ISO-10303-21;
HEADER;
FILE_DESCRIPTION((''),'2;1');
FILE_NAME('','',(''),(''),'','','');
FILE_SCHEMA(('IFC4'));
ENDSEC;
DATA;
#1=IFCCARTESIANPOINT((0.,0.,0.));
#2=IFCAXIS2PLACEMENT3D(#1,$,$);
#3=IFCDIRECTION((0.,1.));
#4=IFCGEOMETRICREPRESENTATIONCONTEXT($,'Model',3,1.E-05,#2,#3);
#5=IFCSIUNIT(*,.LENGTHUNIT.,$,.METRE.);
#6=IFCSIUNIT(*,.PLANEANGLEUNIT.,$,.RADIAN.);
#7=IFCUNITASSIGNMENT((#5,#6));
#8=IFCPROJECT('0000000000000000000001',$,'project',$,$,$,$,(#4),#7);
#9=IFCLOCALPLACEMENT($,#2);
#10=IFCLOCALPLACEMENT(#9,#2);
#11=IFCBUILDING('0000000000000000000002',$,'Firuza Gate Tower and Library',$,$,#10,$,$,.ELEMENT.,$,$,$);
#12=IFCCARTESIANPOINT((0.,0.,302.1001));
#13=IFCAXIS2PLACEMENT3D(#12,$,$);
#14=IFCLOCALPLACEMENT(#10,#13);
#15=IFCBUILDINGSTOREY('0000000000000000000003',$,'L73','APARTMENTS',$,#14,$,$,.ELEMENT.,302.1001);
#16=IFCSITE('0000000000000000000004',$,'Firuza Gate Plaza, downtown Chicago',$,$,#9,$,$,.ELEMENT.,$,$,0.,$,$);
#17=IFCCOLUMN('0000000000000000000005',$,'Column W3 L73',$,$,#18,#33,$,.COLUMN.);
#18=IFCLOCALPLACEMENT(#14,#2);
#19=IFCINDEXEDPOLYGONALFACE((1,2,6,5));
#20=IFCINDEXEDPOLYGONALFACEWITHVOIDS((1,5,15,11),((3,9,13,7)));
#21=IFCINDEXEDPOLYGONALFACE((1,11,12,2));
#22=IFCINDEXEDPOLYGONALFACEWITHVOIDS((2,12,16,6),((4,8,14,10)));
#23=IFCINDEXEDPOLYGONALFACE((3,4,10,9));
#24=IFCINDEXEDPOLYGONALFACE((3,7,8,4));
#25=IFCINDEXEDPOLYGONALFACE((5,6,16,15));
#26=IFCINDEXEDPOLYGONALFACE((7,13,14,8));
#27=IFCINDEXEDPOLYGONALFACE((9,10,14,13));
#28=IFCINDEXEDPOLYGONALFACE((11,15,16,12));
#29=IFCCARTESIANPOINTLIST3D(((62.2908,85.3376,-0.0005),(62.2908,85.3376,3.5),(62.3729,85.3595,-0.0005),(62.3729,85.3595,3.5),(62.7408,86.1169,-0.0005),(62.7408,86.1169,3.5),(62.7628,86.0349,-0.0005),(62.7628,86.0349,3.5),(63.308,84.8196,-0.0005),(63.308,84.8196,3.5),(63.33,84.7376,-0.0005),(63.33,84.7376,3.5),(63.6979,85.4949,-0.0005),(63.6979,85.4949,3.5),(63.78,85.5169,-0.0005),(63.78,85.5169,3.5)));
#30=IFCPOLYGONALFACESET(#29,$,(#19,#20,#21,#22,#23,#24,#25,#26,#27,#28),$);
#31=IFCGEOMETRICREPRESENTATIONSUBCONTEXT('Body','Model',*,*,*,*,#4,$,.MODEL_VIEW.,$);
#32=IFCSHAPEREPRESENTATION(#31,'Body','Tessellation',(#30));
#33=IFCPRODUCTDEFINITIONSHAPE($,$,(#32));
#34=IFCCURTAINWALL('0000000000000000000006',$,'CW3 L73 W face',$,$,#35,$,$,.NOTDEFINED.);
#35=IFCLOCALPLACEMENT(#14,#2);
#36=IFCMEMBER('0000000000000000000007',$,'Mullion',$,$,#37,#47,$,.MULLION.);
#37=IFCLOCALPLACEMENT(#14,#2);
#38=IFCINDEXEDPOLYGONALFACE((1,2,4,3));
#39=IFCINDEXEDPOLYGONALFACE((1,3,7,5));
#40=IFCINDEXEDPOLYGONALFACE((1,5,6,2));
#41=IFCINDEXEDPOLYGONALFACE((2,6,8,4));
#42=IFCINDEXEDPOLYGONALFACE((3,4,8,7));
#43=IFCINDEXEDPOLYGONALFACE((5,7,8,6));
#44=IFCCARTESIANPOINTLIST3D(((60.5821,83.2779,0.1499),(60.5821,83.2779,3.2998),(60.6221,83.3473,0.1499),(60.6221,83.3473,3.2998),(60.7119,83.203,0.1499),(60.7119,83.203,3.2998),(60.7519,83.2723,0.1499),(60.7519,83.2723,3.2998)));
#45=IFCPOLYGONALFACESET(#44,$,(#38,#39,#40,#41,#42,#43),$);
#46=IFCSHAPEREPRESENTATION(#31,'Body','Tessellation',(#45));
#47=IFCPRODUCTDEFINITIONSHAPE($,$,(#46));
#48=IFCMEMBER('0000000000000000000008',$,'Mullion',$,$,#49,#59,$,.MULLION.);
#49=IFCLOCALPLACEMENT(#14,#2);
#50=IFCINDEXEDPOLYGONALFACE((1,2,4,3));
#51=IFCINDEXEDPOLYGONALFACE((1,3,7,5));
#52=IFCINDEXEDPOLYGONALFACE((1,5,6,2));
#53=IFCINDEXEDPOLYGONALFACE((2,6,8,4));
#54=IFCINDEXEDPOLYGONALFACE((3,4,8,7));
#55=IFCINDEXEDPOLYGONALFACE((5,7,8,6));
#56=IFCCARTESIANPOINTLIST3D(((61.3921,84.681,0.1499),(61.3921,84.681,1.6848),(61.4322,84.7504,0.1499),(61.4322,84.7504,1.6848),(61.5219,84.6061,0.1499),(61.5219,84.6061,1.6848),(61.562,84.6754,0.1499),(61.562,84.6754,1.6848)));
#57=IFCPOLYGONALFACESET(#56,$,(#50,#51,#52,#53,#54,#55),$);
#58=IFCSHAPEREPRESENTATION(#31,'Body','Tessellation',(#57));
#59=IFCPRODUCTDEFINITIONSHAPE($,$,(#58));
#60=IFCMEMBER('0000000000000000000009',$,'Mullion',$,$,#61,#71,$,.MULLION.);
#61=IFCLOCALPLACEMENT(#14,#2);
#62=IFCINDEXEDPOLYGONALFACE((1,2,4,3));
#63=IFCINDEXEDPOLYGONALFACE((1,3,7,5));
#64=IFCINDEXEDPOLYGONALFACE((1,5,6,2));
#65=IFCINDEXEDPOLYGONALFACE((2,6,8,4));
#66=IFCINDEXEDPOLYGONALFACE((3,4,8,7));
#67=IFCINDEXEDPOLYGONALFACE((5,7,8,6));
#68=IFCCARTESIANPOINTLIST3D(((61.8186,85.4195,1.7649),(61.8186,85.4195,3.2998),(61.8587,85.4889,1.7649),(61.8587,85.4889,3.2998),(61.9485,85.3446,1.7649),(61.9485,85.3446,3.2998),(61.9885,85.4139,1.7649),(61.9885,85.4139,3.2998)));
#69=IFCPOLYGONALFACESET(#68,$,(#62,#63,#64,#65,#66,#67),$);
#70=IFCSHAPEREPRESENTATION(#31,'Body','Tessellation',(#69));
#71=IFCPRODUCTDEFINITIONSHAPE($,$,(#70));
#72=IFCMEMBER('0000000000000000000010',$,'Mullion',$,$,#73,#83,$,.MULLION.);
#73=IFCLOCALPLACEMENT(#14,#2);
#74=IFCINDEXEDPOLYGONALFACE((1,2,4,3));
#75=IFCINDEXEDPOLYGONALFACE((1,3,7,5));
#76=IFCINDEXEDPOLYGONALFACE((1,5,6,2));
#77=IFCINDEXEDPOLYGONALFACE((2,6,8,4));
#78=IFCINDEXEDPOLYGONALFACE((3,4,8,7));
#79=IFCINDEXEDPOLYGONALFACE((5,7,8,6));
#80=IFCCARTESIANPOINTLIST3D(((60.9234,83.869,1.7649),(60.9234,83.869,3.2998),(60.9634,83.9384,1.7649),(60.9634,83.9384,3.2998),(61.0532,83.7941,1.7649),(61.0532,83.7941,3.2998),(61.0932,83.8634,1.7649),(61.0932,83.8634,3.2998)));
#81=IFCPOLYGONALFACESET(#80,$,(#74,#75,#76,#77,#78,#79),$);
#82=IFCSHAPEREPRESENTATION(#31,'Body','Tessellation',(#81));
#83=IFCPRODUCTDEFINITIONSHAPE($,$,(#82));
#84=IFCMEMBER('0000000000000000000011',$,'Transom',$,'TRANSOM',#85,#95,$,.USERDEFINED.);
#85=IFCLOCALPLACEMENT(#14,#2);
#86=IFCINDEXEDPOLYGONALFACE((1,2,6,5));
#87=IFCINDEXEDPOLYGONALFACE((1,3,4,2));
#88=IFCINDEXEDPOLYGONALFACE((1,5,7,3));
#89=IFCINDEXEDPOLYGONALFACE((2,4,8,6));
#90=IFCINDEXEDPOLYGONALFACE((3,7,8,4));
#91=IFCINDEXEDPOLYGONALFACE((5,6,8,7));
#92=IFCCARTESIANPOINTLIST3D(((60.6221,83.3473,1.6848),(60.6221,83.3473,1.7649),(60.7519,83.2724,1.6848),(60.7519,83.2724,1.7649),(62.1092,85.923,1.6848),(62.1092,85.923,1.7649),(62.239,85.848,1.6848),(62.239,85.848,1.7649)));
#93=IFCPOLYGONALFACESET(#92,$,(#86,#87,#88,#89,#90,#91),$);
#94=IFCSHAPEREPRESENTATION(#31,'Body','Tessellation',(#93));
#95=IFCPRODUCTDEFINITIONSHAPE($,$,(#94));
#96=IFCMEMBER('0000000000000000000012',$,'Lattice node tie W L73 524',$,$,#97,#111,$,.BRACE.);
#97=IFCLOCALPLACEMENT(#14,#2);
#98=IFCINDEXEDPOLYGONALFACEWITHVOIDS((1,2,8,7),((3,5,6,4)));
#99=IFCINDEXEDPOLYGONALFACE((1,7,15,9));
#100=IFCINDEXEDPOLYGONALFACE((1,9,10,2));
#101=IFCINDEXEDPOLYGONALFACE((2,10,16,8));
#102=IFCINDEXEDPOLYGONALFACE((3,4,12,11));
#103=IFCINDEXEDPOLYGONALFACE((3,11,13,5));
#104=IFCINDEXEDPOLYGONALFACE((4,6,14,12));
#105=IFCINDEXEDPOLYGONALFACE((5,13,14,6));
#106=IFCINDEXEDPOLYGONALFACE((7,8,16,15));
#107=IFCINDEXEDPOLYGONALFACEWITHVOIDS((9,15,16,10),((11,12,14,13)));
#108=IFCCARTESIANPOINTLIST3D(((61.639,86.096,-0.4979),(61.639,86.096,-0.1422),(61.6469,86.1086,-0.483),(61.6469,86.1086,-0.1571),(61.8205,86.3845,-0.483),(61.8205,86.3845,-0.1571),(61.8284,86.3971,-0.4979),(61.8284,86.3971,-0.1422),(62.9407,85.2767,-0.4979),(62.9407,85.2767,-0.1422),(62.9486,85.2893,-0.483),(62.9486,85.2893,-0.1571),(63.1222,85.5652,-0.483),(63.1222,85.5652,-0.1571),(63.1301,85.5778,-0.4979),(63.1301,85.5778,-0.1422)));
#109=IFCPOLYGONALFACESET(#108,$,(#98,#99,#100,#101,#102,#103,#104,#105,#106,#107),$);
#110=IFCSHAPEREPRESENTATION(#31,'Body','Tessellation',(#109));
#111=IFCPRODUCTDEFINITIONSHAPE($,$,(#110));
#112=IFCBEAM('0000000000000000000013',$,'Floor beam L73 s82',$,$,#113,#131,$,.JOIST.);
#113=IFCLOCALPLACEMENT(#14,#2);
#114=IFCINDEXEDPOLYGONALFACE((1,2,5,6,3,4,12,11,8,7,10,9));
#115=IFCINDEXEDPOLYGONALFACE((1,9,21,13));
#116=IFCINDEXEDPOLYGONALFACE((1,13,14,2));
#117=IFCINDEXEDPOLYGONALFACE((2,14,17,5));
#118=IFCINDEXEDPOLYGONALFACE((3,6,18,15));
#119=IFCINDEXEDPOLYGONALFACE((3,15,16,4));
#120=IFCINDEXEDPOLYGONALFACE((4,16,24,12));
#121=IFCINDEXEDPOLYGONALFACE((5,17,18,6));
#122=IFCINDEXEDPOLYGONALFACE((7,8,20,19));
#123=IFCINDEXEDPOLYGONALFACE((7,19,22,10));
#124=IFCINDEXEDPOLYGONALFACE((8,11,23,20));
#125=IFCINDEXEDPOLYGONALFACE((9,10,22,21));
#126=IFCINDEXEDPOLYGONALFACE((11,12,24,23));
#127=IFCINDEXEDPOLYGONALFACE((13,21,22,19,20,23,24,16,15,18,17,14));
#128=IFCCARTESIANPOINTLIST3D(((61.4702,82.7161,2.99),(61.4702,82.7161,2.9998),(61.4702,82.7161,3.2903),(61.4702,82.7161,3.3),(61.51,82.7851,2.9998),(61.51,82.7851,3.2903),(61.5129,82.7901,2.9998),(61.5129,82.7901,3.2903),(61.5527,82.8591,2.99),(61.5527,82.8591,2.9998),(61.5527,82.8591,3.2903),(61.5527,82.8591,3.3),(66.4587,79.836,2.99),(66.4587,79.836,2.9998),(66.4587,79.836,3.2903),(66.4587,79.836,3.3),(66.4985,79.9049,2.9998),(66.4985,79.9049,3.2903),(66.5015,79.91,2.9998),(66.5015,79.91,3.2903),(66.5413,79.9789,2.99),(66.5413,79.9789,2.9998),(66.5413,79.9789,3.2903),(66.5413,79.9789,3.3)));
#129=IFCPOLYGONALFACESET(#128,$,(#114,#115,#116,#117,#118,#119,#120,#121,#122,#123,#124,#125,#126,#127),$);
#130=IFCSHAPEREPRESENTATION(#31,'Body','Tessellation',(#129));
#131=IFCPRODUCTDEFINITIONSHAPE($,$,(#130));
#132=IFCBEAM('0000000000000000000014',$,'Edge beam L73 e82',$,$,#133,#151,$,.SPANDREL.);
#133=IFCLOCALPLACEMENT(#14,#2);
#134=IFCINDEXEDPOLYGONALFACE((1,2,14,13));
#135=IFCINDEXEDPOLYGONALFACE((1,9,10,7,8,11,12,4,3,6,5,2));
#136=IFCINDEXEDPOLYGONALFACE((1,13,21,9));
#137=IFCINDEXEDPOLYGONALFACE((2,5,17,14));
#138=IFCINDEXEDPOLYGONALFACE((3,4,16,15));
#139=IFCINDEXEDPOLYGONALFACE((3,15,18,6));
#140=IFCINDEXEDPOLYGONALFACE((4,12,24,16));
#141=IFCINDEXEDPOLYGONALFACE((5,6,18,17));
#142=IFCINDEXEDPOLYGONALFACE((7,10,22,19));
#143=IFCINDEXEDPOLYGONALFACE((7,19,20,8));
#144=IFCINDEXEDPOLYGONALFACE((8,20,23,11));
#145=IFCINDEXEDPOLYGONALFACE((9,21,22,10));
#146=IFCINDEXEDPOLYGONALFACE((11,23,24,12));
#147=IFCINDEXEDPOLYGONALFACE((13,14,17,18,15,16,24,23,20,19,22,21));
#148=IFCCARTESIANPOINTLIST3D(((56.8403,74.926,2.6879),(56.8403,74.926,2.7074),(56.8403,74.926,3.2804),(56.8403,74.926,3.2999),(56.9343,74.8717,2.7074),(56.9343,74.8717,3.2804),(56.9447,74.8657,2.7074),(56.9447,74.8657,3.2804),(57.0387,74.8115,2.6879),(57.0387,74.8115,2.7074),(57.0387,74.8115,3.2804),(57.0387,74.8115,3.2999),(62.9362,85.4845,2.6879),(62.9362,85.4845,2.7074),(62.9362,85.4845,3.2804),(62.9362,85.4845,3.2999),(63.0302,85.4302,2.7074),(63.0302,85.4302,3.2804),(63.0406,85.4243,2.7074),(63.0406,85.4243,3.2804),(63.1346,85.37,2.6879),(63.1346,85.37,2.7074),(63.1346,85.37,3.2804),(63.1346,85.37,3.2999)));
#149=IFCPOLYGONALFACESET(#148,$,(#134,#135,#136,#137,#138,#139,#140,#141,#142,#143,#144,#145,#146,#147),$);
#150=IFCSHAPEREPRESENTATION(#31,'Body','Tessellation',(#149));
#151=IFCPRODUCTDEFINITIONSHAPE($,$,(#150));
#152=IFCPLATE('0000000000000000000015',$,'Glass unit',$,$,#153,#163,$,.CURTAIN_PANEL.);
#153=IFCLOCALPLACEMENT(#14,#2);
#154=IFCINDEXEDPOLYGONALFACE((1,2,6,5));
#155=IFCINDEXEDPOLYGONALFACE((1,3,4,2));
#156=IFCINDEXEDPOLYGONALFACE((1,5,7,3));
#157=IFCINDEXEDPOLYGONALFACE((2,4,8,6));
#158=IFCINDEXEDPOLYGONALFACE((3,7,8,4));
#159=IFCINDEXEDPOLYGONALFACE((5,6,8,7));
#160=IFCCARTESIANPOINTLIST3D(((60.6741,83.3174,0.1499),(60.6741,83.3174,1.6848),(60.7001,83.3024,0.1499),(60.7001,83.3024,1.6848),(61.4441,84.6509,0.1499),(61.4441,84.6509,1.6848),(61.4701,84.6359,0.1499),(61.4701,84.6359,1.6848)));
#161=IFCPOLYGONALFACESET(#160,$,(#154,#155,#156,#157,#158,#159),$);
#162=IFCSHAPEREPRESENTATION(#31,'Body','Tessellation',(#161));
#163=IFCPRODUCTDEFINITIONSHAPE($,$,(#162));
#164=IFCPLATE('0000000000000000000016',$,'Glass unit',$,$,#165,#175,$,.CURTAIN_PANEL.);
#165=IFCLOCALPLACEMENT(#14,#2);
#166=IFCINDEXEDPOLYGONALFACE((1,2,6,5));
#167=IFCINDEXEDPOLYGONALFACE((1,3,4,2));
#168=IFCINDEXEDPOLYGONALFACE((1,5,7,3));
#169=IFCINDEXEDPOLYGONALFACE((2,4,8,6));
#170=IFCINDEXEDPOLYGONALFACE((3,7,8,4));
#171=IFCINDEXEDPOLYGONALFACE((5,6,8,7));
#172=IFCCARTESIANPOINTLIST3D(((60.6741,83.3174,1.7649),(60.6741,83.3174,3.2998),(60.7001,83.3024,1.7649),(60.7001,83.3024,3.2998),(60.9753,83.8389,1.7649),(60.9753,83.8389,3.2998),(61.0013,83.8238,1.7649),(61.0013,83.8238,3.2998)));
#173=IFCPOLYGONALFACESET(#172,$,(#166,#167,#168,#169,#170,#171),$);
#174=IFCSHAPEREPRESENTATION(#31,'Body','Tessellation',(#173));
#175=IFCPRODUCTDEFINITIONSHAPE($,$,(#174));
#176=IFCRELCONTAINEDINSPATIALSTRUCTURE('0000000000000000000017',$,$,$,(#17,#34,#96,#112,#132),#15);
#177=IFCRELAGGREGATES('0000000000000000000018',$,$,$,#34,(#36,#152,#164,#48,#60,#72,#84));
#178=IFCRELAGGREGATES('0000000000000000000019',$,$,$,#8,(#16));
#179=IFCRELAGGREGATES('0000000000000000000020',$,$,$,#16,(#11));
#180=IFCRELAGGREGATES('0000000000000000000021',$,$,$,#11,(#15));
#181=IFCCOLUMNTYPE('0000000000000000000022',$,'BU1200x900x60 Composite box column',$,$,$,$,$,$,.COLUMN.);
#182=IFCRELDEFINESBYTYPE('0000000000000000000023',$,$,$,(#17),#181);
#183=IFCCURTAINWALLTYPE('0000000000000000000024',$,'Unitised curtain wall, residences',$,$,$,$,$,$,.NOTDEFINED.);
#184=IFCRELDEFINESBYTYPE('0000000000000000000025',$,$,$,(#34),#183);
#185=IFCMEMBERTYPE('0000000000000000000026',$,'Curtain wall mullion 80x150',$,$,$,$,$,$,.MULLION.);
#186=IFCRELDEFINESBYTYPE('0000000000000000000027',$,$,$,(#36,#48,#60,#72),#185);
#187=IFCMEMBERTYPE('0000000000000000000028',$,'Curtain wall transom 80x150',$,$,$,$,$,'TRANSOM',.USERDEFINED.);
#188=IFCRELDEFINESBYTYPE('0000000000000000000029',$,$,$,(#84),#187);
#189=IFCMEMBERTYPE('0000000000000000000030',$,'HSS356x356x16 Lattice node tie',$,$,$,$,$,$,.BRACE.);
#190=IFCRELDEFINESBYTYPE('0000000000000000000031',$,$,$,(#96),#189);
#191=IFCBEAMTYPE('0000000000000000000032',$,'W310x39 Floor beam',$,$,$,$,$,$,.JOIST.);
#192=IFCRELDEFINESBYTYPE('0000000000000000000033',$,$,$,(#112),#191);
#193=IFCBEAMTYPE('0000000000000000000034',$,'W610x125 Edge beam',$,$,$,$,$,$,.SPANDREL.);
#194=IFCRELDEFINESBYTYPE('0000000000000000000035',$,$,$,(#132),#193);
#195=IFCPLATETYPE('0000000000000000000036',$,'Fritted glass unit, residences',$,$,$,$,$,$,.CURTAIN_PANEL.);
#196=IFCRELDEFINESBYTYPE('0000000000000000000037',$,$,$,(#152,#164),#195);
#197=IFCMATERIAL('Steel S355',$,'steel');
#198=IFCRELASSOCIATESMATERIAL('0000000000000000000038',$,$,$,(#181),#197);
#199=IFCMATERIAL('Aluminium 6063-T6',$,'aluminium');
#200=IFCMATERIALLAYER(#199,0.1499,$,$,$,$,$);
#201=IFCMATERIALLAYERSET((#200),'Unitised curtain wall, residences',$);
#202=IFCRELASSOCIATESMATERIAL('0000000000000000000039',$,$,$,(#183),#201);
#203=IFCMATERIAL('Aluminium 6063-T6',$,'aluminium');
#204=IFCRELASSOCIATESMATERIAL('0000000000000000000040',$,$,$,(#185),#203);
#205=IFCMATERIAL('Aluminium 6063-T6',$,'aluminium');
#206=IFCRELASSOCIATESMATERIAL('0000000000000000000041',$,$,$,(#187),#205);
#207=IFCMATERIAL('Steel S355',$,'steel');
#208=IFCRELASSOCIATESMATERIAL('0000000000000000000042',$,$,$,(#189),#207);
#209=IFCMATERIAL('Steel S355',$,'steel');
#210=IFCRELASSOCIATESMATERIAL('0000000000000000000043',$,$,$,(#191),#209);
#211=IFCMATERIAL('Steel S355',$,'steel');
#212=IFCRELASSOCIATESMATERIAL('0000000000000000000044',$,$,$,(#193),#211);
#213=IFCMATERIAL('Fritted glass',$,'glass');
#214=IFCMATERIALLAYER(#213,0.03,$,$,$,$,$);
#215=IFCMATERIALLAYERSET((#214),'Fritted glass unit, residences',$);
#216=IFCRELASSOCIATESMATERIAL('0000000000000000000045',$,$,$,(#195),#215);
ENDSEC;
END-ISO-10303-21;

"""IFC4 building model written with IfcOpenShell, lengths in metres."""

from ifc_helpers import new_model, si_unit, direction, frame, origin, origin_2d, place, context, subcontext, project, spatial, polyline, rectangle, hollow_rectangle, i_section, outline, extrude, material, layer, layer_set, material_profile, profile_set, type_object, element, aggregate, save


model = new_model("IFC4")

# Units and contexts
model_context = context("Model", 3, precision=1e-05, world=origin(), true_north=direction((0.0, 1.0)))
body_context = subcontext(model_context, "Body", "Model", "MODEL_VIEW")
ifc_project = project(units=[si_unit("LENGTHUNIT", "METRE"), si_unit("PLANEANGLEUNIT", "RADIAN")], contexts=[model_context])

# Site, building, storey
site_placement = place(None, origin())
site = spatial("IfcSite", under=ifc_project, at=site_placement, Name="Firuza Gate Plaza, downtown Chicago", CompositionType="ELEMENT", RefElevation=0.0)
building_placement = place(site_placement, origin())
building = spatial("IfcBuilding", under=site, at=building_placement, Name="Firuza Gate Tower and Library", CompositionType="ELEMENT")
storey_placement = place(building_placement, frame((0.0, 0.0, 302.1001)))
storey = spatial("IfcBuildingStorey", under=building, at=storey_placement, Name="L73", Description="APARTMENTS", CompositionType="ELEMENT", Elevation=302.1001)

# Column
ifc_material_1 = material(Name="Steel S355", Category="steel")
ifc_material_profile_1 = material_profile(ifc_material_1, hollow_rectangle(XDim=0.8999, YDim=1.2, WallThickness=0.0601, at=origin_2d()))
ifc_profile_set_1 = profile_set([ifc_material_profile_1], Name="Steel S355")
column_type = type_object("IfcColumnType", Name="BU1200x900x60 Composite box column", PredefinedType="COLUMN", material=ifc_profile_set_1)
column_placement = place(storey_placement, frame((63.0354, 85.4272, -0.0005), z_axis=(0.0, 0.0, 1.0), x_axis=(-0.5, -0.866025, 0.0)))
element("IfcColumn", 1, at=column_placement, inside=storey, type_object=column_type, Name="Column W3 L73", PredefinedType="COLUMN", context=body_context, shape_type="SweptSolid", body=[
    extrude(hollow_rectangle(XDim=0.8999, YDim=1.2, WallThickness=0.0601, at=origin_2d()), origin(), (0.0, 0.0, 1.0), 3.5005),
])

# Curtain wall, members
ifc_material_2 = material(Name="Aluminium 6063-T6", Category="aluminium")
ifc_layer_1 = layer(ifc_material_2, 0.1499)
ifc_layer_set_1 = layer_set([ifc_layer_1], Name="Unitised curtain wall, residences")
curtain_wall_type = type_object("IfcCurtainWallType", Name="Unitised curtain wall, residences", PredefinedType="NOTDEFINED", material=ifc_layer_set_1)
curtain_wall_placement = place(storey_placement, origin())
curtain_wall = element("IfcCurtainWall", 2, at=curtain_wall_placement, inside=storey, type_object=curtain_wall_type, Name="CW3 L73 W face", PredefinedType="NOTDEFINED")
ifc_material_3 = material(Name="Aluminium 6063-T6", Category="aluminium")
ifc_material_profile_2 = material_profile(ifc_material_3, rectangle(XDim=0.1499, YDim=0.0801, at=origin_2d()))
ifc_profile_set_2 = profile_set([ifc_material_profile_2], Name="Aluminium 6063-T6")
member_type_1 = type_object("IfcMemberType", Name="Curtain wall mullion 80x150", PredefinedType="MULLION", material=ifc_profile_set_2)
member_1_placement = place(storey_placement, frame((60.667, 83.2751, 0.1499), z_axis=(0.0, 0.0, 1.0), x_axis=(0.866025, -0.5, 0.0)))
member_1 = element("IfcMember", 3, at=member_1_placement, type_object=member_type_1, Name="Mullion", PredefinedType="MULLION", context=body_context, shape_type="SweptSolid", body=[
    extrude(rectangle(XDim=0.1499, YDim=0.0801, at=origin_2d()), origin(), (0.0, 0.0, 1.0), 3.1499),
])
member_2_placement = place(storey_placement, frame((61.4771, 84.6782, 0.1499), z_axis=(0.0, 0.0, 1.0), x_axis=(0.866025, -0.5, 0.0)))
member_2 = element("IfcMember", 4, at=member_2_placement, type_object=member_type_1, Name="Mullion", PredefinedType="MULLION", context=body_context, shape_type="SweptSolid", body=[
    extrude(rectangle(XDim=0.1499, YDim=0.0801, at=origin_2d()), origin(), (0.0, 0.0, 1.0), 1.5349),
])
member_3_placement = place(storey_placement, frame((61.9036, 85.4167, 1.7649), z_axis=(0.0, 0.0, 1.0), x_axis=(0.866025, -0.5, 0.0)))
member_3 = element("IfcMember", 5, at=member_3_placement, type_object=member_type_1, Name="Mullion", PredefinedType="MULLION", context=body_context, shape_type="SweptSolid", body=[
    extrude(rectangle(XDim=0.1499, YDim=0.0801, at=origin_2d()), origin(), (0.0, 0.0, 1.0), 1.5349),
])
member_4_placement = place(storey_placement, frame((61.0083, 83.8662, 1.7649), z_axis=(0.0, 0.0, 1.0), x_axis=(0.866025, -0.5, 0.0)))
member_4 = element("IfcMember", 6, at=member_4_placement, type_object=member_type_1, Name="Mullion", PredefinedType="MULLION", context=body_context, shape_type="SweptSolid", body=[
    extrude(rectangle(XDim=0.1499, YDim=0.0801, at=origin_2d()), origin(), (0.0, 0.0, 1.0), 1.5349),
])
ifc_material_4 = material(Name="Aluminium 6063-T6", Category="aluminium")
ifc_material_profile_3 = material_profile(ifc_material_4, rectangle(XDim=0.1499, YDim=0.0801, at=origin_2d()))
ifc_profile_set_3 = profile_set([ifc_material_profile_3], Name="Aluminium 6063-T6")
member_type_2 = type_object("IfcMemberType", Name="Curtain wall transom 80x150", ElementType="TRANSOM", PredefinedType="USERDEFINED", material=ifc_profile_set_3)
member_5_placement = place(storey_placement, frame((62.1741, 85.8855, 1.7249), z_axis=(-0.499997, -0.866027, 0.0), x_axis=(0.866027, -0.499997, 0.0)))
member_5 = element("IfcMember", 7, at=member_5_placement, type_object=member_type_2, Name="Transom", ObjectType="TRANSOM", PredefinedType="USERDEFINED", context=body_context, shape_type="SweptSolid", body=[
    extrude(rectangle(XDim=0.1499, YDim=0.0801, at=origin_2d()), origin(), (0.0, 0.0, 1.0), 2.9741),
])

# Member
ifc_material_5 = material(Name="Steel S355", Category="steel")
ifc_material_profile_4 = material_profile(ifc_material_5, hollow_rectangle(XDim=0.3557, YDim=0.3557, WallThickness=0.0149, at=origin_2d()))
ifc_profile_set_4 = profile_set([ifc_material_profile_4], Name="Steel S355")
member_type_3 = type_object("IfcMemberType", Name="HSS356x356x16 Lattice node tie", PredefinedType="BRACE", material=ifc_profile_set_4)
member_6_placement = place(storey_placement, frame((63.0354, 85.4272, -0.3201), z_axis=(-0.846318, 0.532679, 0.0), x_axis=(-0.532679, -0.846318, 0.0)))
element("IfcMember", 8, at=member_6_placement, inside=storey, type_object=member_type_3, Name="Lattice node tie W L73 524", PredefinedType="BRACE", context=body_context, shape_type="SweptSolid", body=[
    extrude(hollow_rectangle(XDim=0.3557, YDim=0.3557, WallThickness=0.0149, at=origin_2d()), origin(), (0.0, 0.0, 1.0), 1.5381),
])

# Beams
ifc_material_6 = material(Name="Steel S355", Category="steel")
ifc_material_profile_5 = material_profile(ifc_material_6, i_section(OverallWidth=0.165, OverallDepth=0.3101, WebThickness=0.0059, FlangeThickness=0.0098, at=origin_2d()))
ifc_profile_set_5 = profile_set([ifc_material_profile_5], Name="Steel S355")
beam_type_1 = type_object("IfcBeamType", Name="W310x39 Floor beam", PredefinedType="JOIST", material=ifc_profile_set_5)
beam_1_placement = place(storey_placement, frame((61.5115, 82.7876, 3.145), z_axis=(0.866025, -0.5, 0.0), x_axis=(0.5, 0.866025, 0.0)))
element("IfcBeam", 9, at=beam_1_placement, inside=storey, type_object=beam_type_1, Name="Floor beam L73 s82", PredefinedType="JOIST", context=body_context, shape_type="SweptSolid", body=[
    extrude(i_section(OverallWidth=0.165, OverallDepth=0.3101, WebThickness=0.0059, FlangeThickness=0.0098, at=origin_2d()), origin(), (0.0, 0.0, 1.0), 5.7603),
])
ifc_material_7 = material(Name="Steel S355", Category="steel")
ifc_material_profile_6 = material_profile(ifc_material_7, i_section(OverallWidth=0.229, OverallDepth=0.6121, WebThickness=0.012, FlangeThickness=0.0195, at=origin_2d()))
ifc_profile_set_6 = profile_set([ifc_material_profile_6], Name="Steel S355")
beam_type_2 = type_object("IfcBeamType", Name="W610x125 Edge beam", PredefinedType="SPANDREL", material=ifc_profile_set_6)
beam_2_placement = place(storey_placement, frame((63.0354, 85.4272, 2.9939), z_axis=(-0.499996, -0.866028, 0.0), x_axis=(0.866028, -0.499996, 0.0)))
element("IfcBeam", 10, at=beam_2_placement, inside=storey, type_object=beam_type_2, Name="Edge beam L73 e82", PredefinedType="SPANDREL", context=body_context, shape_type="SweptSolid", body=[
    extrude(i_section(OverallWidth=0.229, OverallDepth=0.6121, WebThickness=0.012, FlangeThickness=0.0195, at=origin_2d()), origin(), (0.0, 0.0, 1.0), 12.1919),
])

# Plates
ifc_material_8 = material(Name="Fritted glass", Category="glass")
ifc_layer_2 = layer(ifc_material_8, 0.03)
ifc_layer_set_2 = layer_set([ifc_layer_2], Name="Fritted glass unit, residences")
plate_type_1 = type_object("IfcPlateType", Name="Fritted glass unit, residences", PredefinedType="CURTAIN_PANEL", material=ifc_layer_set_2)
plate_1_placement = place(storey_placement, frame((61.4441, 84.6509, 0.1499), z_axis=(-0.86599, 0.500061, 0.0), x_axis=(-0.500061, -0.86599, 0.0)))
plate_1 = element("IfcPlate", 11, at=plate_1_placement, type_object=plate_type_1, Name="Glass unit", PredefinedType="CURTAIN_PANEL", context=body_context, shape_type="SweptSolid", body=[
    extrude(outline(polyline([(0.0, 0.0), (1.5399, 0.0), (1.5399, 1.5349), (0.0, 1.5349), (0.0, 0.0)])), origin(), (0.0, 0.0, -1.0), 0.03),
])
plate_2_placement = place(storey_placement, frame((60.9753, 83.8389, 1.7649), z_axis=(-0.865888, 0.500237, 0.0), x_axis=(-0.500237, -0.865888, 0.0)))
plate_2 = element("IfcPlate", 12, at=plate_2_placement, type_object=plate_type_1, Name="Glass unit", PredefinedType="CURTAIN_PANEL", context=body_context, shape_type="SweptSolid", body=[
    extrude(outline(polyline([(0.0, 0.0), (0.6023, 0.0), (0.6023, 1.5349), (0.0, 1.5349), (0.0, 0.0)])), origin(), (0.0, 0.0, -1.0), 0.03),
])
aggregate(curtain_wall, [member_1, plate_1, plate_2, member_2, member_3, member_4, member_5])

save(model, "model.ifc")
